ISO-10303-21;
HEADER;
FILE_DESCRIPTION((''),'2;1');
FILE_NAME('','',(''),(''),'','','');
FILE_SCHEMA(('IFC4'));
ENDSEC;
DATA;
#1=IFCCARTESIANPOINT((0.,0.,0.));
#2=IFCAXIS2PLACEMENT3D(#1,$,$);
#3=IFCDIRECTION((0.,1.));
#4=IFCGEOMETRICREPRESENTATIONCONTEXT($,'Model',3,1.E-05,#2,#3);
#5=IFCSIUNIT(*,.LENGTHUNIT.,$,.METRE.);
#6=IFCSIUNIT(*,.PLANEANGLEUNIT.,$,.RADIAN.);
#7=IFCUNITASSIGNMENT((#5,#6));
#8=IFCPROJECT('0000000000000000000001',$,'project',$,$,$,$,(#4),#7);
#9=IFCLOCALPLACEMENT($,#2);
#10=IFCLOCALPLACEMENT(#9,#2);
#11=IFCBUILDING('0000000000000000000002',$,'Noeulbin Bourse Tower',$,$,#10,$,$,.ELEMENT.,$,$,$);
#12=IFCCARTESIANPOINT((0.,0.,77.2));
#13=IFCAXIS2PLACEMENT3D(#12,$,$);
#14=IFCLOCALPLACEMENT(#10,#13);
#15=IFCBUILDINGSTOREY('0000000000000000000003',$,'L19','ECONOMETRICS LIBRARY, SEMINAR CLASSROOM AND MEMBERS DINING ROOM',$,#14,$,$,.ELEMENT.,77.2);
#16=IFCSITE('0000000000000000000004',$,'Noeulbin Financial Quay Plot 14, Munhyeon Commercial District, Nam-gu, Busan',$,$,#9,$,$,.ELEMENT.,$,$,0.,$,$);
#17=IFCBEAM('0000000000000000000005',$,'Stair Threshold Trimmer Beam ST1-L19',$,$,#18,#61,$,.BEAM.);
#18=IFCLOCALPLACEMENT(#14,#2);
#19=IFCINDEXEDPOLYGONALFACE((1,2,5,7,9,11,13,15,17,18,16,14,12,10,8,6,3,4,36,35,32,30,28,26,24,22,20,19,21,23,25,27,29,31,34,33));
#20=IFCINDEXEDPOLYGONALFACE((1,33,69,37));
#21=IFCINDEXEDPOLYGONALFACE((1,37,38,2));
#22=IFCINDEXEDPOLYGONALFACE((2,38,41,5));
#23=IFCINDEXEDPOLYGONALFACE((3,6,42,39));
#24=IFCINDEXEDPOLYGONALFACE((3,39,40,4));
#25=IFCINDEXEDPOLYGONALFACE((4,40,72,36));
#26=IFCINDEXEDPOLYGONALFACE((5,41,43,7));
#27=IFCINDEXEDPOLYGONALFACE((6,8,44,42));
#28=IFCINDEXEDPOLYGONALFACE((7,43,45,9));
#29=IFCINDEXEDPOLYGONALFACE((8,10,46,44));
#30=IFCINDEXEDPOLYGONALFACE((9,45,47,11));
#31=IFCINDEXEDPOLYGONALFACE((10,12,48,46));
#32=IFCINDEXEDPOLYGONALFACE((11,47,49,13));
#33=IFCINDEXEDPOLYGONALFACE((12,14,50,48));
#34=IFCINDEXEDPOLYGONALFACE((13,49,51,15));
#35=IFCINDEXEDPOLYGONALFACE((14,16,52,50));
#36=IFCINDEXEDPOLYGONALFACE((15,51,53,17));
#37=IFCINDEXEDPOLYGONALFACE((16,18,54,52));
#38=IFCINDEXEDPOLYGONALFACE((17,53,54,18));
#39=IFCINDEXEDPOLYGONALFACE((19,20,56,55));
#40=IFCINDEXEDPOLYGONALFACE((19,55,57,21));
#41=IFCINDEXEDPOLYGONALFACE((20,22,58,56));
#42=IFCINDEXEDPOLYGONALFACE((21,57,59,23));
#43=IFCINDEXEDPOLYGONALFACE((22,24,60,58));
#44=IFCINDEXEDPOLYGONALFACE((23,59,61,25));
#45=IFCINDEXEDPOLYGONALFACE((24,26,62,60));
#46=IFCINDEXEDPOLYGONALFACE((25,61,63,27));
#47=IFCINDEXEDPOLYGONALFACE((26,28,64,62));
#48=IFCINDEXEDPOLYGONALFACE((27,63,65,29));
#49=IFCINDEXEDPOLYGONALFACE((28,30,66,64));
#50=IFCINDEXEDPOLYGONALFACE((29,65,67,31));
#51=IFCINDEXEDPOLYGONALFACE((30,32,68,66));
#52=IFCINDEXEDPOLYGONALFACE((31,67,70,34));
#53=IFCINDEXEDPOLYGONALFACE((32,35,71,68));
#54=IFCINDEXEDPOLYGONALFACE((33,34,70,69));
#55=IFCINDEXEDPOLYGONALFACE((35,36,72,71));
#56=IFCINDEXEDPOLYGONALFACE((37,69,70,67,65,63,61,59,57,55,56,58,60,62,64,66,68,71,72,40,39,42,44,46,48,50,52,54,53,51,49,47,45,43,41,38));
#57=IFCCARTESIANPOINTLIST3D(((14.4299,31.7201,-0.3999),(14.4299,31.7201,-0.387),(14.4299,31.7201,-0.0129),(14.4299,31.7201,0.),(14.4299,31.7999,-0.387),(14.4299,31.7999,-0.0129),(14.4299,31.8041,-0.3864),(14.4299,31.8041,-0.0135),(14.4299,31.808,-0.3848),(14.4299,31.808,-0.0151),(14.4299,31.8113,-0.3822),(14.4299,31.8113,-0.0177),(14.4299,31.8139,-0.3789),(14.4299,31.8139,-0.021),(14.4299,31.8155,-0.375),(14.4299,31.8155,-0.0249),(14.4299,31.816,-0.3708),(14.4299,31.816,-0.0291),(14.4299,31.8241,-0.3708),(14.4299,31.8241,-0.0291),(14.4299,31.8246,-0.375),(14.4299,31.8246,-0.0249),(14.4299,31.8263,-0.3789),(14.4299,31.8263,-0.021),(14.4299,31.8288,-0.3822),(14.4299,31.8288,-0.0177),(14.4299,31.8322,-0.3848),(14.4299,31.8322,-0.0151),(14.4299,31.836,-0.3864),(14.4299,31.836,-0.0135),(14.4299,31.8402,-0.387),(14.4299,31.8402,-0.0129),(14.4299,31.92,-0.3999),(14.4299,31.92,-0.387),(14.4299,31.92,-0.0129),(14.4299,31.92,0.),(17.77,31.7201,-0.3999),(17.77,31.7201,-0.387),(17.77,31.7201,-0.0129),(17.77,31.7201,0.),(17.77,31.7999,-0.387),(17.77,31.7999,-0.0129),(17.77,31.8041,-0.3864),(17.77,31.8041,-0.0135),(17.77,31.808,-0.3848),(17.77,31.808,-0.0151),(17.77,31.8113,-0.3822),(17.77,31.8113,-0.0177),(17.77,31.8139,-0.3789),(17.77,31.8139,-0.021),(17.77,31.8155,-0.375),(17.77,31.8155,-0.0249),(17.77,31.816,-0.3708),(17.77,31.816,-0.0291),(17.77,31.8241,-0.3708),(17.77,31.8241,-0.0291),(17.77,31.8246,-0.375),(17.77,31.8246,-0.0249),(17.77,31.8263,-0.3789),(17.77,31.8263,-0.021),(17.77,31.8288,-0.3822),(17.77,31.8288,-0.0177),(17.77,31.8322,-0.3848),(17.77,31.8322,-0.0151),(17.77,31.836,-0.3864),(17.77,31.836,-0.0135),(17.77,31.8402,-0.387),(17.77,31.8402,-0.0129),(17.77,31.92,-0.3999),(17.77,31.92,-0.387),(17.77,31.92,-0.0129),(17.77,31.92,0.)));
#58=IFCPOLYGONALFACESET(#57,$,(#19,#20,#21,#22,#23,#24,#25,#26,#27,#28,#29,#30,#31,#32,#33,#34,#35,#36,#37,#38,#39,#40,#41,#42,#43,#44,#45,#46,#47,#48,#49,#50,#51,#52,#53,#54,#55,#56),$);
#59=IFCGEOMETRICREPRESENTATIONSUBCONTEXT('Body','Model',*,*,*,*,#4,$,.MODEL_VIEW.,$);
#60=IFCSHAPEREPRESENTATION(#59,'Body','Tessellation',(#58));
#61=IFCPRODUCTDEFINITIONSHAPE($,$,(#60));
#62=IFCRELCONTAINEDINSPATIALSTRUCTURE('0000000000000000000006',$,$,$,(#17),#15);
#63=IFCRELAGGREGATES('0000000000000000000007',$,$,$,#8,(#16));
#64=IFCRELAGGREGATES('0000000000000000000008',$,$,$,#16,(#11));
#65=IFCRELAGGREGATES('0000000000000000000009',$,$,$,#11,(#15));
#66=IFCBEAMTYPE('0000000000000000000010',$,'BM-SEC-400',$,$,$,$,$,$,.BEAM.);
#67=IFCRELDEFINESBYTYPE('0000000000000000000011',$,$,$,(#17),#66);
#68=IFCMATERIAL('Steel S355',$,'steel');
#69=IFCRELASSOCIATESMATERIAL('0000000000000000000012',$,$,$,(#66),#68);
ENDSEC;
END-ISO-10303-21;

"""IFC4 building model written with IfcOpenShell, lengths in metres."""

from ifc_helpers import new_model, si_unit, direction, frame, origin, origin_2d, place, context, subcontext, project, spatial, i_section, extrude, material, material_profile, profile_set, type_object, element, save


model = new_model("IFC4")

# Units and contexts
model_context = context("Model", 3, precision=1e-05, world=origin(), true_north=direction((0.0, 1.0)))
body_context = subcontext(model_context, "Body", "Model", "MODEL_VIEW")
ifc_project = project(units=[si_unit("LENGTHUNIT", "METRE"), si_unit("PLANEANGLEUNIT", "RADIAN")], contexts=[model_context])

# Site, building, storey
site_placement = place(None, origin())
site = spatial("IfcSite", under=ifc_project, at=site_placement, Name="Noeulbin Financial Quay Plot 14, Munhyeon Commercial District, Nam-gu, Busan", CompositionType="ELEMENT", RefElevation=0.0)
building_placement = place(site_placement, origin())
building = spatial("IfcBuilding", under=site, at=building_placement, Name="Noeulbin Bourse Tower", CompositionType="ELEMENT")
storey_placement = place(building_placement, frame((0.0, 0.0, 77.2)))
storey = spatial("IfcBuildingStorey", under=building, at=storey_placement, Name="L19", Description="ECONOMETRICS LIBRARY, SEMINAR CLASSROOM AND MEMBERS DINING ROOM", CompositionType="ELEMENT", Elevation=77.2)

# Beam
ifc_material_1 = material(Name="Steel S355", Category="steel")
ifc_material_profile = material_profile(ifc_material_1, i_section(OverallWidth=0.2, OverallDepth=0.3999, WebThickness=0.0081, FlangeThickness=0.0129, FilletRadius=0.0161, at=origin_2d()), Name="H-400x200x8x13", Category="LoadBearing")
ifc_profile_set = profile_set([ifc_material_profile], Name="Steel S355")
beam_type = type_object("IfcBeamType", Name="BM-SEC-400", PredefinedType="BEAM", material=ifc_profile_set)
beam_placement = place(storey_placement, frame((14.4299, 31.8201, -0.2), z_axis=(1.0, 0.0, 0.0), x_axis=(0.0, 1.0, 0.0)))
element("IfcBeam", 1, at=beam_placement, inside=storey, type_object=beam_type, Name="Stair Threshold Trimmer Beam ST1-L19", PredefinedType="BEAM", context=body_context, shape_type="SweptSolid", body=[
    extrude(i_section(OverallWidth=0.2, OverallDepth=0.3999, WebThickness=0.0081, FlangeThickness=0.0129, FilletRadius=0.0161, at=origin_2d()), origin(), (0.0, 0.0, 1.0), 3.3401),
])

save(model, "model.ifc")
